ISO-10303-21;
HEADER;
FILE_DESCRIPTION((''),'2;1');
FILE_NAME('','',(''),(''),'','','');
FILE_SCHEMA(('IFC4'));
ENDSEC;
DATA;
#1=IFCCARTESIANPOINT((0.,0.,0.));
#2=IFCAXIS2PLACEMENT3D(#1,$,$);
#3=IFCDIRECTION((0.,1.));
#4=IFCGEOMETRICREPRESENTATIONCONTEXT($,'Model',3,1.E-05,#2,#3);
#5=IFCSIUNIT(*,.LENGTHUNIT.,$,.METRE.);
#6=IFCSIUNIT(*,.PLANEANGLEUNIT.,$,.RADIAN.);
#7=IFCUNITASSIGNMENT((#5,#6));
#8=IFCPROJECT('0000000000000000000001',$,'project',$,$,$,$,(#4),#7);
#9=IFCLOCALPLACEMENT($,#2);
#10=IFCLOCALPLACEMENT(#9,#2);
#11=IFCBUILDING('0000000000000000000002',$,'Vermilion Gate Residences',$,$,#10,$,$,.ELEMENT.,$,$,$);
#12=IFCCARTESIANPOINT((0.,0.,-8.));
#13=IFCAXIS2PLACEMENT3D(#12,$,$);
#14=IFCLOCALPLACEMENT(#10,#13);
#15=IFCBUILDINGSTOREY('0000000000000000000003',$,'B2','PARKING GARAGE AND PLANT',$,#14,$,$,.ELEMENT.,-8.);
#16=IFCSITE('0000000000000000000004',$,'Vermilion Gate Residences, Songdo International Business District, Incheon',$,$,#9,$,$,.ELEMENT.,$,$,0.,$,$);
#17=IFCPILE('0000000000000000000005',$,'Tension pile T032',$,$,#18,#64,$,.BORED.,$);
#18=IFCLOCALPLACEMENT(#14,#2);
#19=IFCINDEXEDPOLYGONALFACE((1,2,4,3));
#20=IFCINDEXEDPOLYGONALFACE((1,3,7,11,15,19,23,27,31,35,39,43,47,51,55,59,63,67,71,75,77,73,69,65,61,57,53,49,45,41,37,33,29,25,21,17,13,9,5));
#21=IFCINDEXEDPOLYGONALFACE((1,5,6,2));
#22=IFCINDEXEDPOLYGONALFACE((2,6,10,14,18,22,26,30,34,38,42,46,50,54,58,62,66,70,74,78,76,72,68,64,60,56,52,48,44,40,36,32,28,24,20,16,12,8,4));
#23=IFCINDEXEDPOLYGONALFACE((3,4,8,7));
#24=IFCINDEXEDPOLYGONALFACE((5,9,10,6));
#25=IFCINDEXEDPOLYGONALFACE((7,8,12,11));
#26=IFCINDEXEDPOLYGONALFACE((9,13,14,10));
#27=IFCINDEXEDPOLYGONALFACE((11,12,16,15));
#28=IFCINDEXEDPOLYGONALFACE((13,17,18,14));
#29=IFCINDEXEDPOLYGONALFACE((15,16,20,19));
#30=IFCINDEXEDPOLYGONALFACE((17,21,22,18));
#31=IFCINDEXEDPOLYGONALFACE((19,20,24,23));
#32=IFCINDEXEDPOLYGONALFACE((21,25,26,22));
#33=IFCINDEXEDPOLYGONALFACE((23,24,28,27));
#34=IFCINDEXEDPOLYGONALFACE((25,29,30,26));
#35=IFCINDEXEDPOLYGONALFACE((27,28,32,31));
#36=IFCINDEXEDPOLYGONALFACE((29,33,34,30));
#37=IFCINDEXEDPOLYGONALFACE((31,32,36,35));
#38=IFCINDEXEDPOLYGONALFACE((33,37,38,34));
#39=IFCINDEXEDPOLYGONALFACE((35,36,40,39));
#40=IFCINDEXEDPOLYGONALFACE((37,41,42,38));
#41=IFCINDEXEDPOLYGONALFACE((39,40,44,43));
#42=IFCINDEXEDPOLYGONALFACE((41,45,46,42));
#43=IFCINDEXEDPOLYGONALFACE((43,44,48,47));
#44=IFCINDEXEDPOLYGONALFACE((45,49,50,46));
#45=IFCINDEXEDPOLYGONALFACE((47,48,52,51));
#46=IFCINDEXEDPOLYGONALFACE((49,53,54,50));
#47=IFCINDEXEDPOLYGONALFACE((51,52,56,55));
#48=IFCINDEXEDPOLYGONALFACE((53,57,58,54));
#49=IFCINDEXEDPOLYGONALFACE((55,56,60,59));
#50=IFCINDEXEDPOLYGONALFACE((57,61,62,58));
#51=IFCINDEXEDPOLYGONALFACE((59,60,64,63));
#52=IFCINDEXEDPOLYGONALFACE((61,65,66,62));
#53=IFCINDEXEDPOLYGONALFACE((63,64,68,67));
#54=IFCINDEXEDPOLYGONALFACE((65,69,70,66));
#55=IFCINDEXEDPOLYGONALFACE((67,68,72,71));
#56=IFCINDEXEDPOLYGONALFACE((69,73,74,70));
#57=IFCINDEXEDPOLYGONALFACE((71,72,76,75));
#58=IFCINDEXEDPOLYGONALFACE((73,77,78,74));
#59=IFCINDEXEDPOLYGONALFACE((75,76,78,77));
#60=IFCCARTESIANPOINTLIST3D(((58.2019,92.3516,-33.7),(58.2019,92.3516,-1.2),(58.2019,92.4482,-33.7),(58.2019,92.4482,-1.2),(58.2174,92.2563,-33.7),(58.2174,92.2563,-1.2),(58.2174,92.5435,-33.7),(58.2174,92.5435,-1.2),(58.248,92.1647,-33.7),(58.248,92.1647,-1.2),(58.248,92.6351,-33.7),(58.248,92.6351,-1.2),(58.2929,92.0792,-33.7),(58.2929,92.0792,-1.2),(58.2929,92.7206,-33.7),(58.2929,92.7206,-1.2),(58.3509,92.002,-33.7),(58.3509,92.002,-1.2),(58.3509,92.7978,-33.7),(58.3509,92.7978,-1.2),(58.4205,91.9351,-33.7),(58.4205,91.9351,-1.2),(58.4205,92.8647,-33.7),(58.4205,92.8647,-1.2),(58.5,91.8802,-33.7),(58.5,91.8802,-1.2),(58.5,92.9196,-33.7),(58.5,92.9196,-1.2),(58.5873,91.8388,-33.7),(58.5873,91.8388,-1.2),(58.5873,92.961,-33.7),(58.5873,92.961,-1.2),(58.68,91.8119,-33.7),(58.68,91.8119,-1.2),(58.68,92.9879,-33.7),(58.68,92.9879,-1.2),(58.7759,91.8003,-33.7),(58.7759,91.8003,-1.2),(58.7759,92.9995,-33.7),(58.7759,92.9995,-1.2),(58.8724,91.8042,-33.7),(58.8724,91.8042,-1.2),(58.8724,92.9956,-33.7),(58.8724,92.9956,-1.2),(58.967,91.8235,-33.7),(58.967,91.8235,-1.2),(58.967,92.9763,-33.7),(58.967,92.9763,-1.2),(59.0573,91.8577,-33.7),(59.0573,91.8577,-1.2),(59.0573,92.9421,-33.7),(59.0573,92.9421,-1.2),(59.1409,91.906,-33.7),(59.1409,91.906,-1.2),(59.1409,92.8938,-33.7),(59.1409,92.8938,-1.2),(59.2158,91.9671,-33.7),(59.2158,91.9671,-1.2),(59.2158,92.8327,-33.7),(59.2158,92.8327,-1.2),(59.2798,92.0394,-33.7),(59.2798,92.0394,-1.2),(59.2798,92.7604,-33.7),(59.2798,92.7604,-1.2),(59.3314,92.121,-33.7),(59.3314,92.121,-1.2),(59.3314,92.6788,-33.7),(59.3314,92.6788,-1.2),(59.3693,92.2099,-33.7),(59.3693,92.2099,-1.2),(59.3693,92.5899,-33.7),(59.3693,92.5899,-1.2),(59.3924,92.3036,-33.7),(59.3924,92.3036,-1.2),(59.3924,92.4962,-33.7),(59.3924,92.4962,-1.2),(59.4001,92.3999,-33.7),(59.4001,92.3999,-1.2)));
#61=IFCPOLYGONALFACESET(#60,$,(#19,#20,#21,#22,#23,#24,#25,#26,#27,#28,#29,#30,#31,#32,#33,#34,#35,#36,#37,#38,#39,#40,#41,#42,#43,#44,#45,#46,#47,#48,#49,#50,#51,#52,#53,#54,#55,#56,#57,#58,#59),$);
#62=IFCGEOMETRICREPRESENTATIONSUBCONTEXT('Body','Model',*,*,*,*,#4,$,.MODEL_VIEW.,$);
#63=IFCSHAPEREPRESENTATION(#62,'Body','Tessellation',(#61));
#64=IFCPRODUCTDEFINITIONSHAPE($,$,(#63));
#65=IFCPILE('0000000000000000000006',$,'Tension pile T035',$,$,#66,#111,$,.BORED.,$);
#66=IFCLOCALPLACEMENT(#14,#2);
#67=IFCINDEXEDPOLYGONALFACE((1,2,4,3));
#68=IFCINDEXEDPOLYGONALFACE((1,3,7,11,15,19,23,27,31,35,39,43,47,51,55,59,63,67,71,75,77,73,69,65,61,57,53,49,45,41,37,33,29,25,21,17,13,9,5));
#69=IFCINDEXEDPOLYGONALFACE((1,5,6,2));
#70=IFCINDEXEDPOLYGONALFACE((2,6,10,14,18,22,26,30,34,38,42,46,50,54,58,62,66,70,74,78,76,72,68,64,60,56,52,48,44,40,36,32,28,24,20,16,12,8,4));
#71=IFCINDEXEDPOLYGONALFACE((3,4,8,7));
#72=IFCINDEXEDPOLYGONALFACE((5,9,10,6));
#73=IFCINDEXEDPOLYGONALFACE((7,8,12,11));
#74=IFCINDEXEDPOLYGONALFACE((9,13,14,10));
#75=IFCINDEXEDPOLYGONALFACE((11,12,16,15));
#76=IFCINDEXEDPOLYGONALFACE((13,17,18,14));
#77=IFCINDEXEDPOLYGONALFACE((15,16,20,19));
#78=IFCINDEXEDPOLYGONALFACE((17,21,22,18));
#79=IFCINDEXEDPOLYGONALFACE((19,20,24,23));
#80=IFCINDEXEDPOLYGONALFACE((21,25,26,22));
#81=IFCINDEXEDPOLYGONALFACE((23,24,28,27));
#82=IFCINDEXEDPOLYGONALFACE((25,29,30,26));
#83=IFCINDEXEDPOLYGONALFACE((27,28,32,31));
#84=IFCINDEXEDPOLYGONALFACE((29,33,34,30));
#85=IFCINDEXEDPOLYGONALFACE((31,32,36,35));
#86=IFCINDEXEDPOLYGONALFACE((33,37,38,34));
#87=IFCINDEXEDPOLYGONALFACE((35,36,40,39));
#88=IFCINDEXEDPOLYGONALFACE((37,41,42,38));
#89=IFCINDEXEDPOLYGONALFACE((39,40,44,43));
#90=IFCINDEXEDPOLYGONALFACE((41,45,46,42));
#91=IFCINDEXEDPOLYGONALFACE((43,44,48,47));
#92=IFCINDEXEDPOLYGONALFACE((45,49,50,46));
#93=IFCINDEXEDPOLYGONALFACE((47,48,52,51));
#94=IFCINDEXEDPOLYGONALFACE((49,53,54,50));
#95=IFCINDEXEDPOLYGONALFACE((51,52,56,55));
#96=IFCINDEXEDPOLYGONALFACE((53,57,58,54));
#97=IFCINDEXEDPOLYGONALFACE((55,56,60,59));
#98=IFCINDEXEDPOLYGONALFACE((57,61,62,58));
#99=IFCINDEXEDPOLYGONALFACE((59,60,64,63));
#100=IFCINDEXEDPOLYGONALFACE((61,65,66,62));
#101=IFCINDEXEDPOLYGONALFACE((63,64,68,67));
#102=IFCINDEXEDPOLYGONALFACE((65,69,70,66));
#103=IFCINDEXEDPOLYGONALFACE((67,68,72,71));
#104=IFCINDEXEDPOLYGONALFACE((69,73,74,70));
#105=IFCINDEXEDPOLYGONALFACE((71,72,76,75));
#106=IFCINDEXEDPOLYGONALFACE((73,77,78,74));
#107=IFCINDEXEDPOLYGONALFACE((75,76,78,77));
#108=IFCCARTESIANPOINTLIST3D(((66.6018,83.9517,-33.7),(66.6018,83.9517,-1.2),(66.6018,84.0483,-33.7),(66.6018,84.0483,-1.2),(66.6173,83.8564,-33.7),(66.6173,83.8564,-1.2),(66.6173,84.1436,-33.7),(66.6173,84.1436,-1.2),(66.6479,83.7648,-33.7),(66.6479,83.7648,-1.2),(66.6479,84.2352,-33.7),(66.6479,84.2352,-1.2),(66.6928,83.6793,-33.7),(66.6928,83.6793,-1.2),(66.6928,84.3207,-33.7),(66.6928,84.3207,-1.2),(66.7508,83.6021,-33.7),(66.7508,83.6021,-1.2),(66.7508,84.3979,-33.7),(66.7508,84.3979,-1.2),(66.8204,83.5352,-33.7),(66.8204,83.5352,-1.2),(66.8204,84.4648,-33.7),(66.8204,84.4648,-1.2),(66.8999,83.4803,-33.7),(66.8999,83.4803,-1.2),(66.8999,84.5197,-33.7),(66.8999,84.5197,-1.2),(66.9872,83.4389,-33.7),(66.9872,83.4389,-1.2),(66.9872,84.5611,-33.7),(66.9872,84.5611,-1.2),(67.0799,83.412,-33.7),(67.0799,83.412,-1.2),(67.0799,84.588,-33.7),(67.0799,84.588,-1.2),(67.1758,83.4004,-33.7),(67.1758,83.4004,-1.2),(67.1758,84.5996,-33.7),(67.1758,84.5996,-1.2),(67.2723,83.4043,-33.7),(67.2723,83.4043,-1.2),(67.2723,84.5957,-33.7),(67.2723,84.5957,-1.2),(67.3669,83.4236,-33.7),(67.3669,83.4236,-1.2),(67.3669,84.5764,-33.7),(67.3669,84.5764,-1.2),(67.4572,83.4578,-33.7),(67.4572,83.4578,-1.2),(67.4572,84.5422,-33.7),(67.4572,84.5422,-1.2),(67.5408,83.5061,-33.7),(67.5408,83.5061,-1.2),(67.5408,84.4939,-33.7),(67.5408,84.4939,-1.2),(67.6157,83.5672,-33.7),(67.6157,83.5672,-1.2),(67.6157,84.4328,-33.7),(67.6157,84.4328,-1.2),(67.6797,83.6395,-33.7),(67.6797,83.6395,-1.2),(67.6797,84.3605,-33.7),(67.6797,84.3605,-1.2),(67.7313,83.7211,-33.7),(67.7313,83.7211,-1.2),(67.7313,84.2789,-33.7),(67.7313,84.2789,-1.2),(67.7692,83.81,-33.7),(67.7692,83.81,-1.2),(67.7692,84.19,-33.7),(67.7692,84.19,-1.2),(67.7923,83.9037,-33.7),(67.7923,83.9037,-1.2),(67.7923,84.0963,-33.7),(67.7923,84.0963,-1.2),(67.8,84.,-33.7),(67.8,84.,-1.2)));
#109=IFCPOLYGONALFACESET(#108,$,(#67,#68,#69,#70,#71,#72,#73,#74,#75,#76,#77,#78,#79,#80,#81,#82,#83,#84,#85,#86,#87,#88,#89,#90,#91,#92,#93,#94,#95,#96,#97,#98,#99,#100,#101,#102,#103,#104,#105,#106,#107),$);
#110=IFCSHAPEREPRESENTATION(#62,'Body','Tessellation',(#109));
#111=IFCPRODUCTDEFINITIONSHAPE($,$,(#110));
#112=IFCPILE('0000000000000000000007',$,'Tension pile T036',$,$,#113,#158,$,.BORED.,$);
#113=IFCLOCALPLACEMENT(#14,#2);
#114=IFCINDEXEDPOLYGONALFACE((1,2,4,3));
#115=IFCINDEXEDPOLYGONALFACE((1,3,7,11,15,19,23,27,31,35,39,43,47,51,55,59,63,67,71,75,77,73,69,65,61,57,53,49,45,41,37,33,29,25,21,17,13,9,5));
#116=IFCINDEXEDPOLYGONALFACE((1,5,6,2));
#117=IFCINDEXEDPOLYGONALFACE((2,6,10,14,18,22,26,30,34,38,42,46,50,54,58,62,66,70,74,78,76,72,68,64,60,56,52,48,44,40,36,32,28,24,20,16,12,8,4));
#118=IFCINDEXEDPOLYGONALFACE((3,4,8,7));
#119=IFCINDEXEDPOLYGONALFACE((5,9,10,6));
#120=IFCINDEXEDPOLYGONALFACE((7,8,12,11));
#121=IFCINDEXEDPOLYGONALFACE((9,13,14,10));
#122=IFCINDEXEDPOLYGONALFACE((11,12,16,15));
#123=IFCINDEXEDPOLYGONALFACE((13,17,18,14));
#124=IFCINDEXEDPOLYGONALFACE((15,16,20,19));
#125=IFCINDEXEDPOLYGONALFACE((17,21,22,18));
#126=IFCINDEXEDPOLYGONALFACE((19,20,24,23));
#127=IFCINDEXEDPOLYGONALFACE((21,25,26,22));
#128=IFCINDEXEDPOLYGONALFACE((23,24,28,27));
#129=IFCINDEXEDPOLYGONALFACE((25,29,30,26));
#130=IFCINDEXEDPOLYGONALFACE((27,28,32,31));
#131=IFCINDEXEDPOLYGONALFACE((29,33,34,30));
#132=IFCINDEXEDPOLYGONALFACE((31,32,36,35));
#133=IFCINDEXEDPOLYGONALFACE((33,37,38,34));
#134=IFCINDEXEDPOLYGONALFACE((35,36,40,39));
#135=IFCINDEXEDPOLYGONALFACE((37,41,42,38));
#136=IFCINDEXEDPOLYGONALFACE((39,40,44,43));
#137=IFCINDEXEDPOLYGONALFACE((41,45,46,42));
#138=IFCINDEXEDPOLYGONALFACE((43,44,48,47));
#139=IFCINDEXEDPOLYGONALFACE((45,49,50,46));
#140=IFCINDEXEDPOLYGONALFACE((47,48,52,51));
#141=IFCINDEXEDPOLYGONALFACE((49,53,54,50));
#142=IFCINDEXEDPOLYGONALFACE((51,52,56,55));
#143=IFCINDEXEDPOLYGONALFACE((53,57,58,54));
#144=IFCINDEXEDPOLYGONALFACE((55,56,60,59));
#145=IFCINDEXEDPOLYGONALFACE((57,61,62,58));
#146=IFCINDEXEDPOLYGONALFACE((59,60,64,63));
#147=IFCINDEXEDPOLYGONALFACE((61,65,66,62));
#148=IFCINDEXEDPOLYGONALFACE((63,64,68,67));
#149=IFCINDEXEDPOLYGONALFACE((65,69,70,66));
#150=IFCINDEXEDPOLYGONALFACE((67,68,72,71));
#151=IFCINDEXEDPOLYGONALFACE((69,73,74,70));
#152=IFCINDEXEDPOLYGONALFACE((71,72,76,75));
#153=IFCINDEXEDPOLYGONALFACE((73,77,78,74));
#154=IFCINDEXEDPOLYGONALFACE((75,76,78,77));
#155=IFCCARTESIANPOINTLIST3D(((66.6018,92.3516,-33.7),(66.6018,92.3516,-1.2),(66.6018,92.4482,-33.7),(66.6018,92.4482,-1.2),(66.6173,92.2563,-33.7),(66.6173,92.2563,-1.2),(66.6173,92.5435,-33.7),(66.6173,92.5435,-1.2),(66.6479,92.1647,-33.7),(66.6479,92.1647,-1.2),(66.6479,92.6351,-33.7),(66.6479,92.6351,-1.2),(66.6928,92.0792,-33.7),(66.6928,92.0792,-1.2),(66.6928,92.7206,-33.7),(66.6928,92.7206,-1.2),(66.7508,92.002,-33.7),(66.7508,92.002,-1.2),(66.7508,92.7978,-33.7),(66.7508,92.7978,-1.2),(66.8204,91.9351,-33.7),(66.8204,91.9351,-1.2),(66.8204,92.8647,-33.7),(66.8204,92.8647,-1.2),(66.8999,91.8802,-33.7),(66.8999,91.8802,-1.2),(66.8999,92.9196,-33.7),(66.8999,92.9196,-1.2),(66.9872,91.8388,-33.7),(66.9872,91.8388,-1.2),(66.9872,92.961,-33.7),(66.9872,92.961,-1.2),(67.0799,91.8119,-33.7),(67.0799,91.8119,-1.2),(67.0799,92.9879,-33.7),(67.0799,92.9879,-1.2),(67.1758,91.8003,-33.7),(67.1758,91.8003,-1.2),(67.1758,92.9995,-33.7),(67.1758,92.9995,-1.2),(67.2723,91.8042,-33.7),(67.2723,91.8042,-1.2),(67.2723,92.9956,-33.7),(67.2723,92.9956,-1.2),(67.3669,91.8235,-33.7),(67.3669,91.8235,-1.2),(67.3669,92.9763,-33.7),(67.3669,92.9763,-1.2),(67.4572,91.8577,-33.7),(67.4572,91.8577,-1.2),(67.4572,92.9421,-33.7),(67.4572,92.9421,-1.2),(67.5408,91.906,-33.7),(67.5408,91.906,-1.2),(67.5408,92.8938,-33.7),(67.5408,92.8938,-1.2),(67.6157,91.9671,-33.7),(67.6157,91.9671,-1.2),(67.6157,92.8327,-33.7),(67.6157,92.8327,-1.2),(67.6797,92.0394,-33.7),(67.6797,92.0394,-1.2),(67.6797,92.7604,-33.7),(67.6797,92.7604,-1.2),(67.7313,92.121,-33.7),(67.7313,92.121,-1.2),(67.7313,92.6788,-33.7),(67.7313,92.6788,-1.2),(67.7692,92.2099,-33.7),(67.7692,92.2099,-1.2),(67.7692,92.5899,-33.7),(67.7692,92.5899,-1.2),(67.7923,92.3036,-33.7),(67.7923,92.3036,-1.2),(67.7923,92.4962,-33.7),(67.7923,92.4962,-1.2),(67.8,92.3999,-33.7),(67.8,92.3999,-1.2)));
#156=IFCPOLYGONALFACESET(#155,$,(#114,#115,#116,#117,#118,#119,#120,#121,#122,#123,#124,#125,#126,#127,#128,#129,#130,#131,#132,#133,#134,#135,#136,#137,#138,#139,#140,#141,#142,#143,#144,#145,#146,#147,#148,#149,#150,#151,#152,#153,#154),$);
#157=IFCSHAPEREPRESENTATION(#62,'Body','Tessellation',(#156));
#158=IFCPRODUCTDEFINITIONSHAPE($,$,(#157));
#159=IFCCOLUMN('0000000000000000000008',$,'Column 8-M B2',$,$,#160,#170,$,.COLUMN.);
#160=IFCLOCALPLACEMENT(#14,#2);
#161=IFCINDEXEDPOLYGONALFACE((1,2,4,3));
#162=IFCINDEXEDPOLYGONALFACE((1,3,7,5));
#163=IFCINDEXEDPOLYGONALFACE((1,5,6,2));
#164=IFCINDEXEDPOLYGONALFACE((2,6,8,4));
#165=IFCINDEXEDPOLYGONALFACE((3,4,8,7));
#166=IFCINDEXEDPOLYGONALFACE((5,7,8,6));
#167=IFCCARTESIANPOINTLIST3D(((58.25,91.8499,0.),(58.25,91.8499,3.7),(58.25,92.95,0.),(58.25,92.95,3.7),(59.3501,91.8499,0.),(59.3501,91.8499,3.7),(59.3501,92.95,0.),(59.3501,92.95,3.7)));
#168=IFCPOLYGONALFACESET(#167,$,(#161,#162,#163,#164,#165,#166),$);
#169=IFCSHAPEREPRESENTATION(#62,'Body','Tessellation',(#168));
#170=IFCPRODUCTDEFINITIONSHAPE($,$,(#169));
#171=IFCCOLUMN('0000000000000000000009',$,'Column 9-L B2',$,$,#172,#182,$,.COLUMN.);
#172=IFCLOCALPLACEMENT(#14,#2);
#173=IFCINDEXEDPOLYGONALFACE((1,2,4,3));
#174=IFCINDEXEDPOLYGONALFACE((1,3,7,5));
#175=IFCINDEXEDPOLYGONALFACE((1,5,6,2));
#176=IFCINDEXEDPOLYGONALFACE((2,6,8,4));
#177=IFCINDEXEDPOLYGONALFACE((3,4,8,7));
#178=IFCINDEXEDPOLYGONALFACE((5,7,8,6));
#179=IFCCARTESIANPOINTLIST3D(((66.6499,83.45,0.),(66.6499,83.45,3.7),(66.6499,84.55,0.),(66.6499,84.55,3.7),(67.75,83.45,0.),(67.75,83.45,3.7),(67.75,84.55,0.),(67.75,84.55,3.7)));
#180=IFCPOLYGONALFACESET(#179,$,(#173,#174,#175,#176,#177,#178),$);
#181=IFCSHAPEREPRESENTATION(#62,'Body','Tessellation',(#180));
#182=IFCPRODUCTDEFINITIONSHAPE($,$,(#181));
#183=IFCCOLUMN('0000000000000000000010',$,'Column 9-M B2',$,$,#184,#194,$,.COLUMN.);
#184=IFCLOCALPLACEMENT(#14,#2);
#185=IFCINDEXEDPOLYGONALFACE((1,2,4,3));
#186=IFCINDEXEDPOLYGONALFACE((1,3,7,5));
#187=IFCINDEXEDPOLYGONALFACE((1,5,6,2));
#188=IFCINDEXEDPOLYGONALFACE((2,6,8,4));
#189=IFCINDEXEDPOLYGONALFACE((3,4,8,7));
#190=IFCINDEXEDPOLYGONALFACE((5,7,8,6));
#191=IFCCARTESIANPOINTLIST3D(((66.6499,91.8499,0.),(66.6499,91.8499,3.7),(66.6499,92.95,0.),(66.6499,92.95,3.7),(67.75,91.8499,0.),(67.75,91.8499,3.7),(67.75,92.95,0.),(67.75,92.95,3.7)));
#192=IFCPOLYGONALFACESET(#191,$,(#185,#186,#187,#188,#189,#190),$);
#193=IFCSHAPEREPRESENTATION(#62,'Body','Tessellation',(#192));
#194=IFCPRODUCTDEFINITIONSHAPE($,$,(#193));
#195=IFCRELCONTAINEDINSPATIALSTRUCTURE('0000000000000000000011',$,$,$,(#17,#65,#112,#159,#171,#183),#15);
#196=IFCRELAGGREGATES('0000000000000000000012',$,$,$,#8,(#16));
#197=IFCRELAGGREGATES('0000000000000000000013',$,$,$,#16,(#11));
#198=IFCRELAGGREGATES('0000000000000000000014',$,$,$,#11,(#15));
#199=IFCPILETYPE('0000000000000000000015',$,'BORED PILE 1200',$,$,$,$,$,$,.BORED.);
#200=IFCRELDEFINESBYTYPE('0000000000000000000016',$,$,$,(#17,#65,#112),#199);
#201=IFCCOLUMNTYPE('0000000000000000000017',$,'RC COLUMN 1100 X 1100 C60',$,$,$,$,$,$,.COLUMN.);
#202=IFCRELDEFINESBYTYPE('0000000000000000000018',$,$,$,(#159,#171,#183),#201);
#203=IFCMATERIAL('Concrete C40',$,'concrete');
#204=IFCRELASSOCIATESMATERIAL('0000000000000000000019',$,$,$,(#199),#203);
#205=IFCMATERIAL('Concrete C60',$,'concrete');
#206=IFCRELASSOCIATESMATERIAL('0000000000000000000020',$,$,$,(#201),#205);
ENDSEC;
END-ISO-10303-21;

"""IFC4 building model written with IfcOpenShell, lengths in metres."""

from ifc_helpers import new_model, si_unit, direction, frame, origin, origin_2d, place, context, subcontext, project, spatial, rectangle, circle, extrude, material, material_profile, profile_set, type_object, element, save


model = new_model("IFC4")

# Units and contexts
model_context = context("Model", 3, precision=1e-05, world=origin(), true_north=direction((0.0, 1.0)))
body_context = subcontext(model_context, "Body", "Model", "MODEL_VIEW")
ifc_project = project(units=[si_unit("LENGTHUNIT", "METRE"), si_unit("PLANEANGLEUNIT", "RADIAN")], contexts=[model_context])

# Site, building, storey
site_placement = place(None, origin())
site = spatial("IfcSite", under=ifc_project, at=site_placement, Name="Vermilion Gate Residences, Songdo International Business District, Incheon", CompositionType="ELEMENT", RefElevation=0.0)
building_placement = place(site_placement, origin())
building = spatial("IfcBuilding", under=site, at=building_placement, Name="Vermilion Gate Residences", CompositionType="ELEMENT")
storey_placement = place(building_placement, frame((0.0, 0.0, -8.0)))
storey = spatial("IfcBuildingStorey", under=building, at=storey_placement, Name="B2", Description="PARKING GARAGE AND PLANT", CompositionType="ELEMENT", Elevation=-8.0)

# Piles
ifc_material_1 = material(Name="Concrete C40", Category="concrete")
ifc_material_profile_1 = material_profile(ifc_material_1, circle(Radius=0.6001, at=origin_2d()), Name="BORED PILE 1200")
ifc_profile_set_1 = profile_set([ifc_material_profile_1], Name="Concrete C40")
pile_type = type_object("IfcPileType", Name="BORED PILE 1200", PredefinedType="BORED", material=ifc_profile_set_1)
for number, where, z_axis, x_axis, name in (
    (1, (58.8, 92.3999, -1.2), (0.0, 0.0, -1.0), (1.0, 0.0, 0.0), "Tension pile T032"),
    (2, (67.2, 84.0, -1.2), (0.0, 0.0, -1.0), (1.0, 0.0, 0.0), "Tension pile T035"),
    (3, (67.2, 92.3999, -1.2), (0.0, 0.0, -1.0), (1.0, 0.0, 0.0), "Tension pile T036"),
):
    element("IfcPile", number, at=place(storey_placement, frame(where, z_axis=z_axis, x_axis=x_axis)), inside=storey, type_object=pile_type, Name=name, PredefinedType="BORED", context=body_context, shape_type="SweptSolid", body=[
        extrude(circle(Radius=0.6001, at=origin_2d()), origin(), (0.0, 0.0, 1.0), 32.5),
    ])

# Columns
ifc_material_2 = material(Name="Concrete C60", Category="concrete")
ifc_material_profile_2 = material_profile(ifc_material_2, rectangle(XDim=1.1001, YDim=1.1001, at=origin_2d()), Name="RC-1100x1100")
ifc_profile_set_2 = profile_set([ifc_material_profile_2], Name="Concrete C60")
column_type = type_object("IfcColumnType", Name="RC COLUMN 1100 X 1100 C60", PredefinedType="COLUMN", material=ifc_profile_set_2)
for number, where, z_axis, x_axis, name in (
    (4, (58.8, 92.3999, 0.0), (0.0, 0.0, 1.0), (1.0, 0.0, 0.0), "Column 8-M B2"),
    (5, (67.2, 84.0, 0.0), (0.0, 0.0, 1.0), (1.0, 0.0, 0.0), "Column 9-L B2"),
    (6, (67.2, 92.3999, 0.0), (0.0, 0.0, 1.0), (1.0, 0.0, 0.0), "Column 9-M B2"),
):
    element("IfcColumn", number, at=place(storey_placement, frame(where, z_axis=z_axis, x_axis=x_axis)), inside=storey, type_object=column_type, Name=name, PredefinedType="COLUMN", context=body_context, shape_type="SweptSolid", body=[
        extrude(rectangle(XDim=1.1001, YDim=1.1001, at=origin_2d()), origin(), (0.0, 0.0, 1.0), 3.7),
    ])

save(model, "model.ifc")
